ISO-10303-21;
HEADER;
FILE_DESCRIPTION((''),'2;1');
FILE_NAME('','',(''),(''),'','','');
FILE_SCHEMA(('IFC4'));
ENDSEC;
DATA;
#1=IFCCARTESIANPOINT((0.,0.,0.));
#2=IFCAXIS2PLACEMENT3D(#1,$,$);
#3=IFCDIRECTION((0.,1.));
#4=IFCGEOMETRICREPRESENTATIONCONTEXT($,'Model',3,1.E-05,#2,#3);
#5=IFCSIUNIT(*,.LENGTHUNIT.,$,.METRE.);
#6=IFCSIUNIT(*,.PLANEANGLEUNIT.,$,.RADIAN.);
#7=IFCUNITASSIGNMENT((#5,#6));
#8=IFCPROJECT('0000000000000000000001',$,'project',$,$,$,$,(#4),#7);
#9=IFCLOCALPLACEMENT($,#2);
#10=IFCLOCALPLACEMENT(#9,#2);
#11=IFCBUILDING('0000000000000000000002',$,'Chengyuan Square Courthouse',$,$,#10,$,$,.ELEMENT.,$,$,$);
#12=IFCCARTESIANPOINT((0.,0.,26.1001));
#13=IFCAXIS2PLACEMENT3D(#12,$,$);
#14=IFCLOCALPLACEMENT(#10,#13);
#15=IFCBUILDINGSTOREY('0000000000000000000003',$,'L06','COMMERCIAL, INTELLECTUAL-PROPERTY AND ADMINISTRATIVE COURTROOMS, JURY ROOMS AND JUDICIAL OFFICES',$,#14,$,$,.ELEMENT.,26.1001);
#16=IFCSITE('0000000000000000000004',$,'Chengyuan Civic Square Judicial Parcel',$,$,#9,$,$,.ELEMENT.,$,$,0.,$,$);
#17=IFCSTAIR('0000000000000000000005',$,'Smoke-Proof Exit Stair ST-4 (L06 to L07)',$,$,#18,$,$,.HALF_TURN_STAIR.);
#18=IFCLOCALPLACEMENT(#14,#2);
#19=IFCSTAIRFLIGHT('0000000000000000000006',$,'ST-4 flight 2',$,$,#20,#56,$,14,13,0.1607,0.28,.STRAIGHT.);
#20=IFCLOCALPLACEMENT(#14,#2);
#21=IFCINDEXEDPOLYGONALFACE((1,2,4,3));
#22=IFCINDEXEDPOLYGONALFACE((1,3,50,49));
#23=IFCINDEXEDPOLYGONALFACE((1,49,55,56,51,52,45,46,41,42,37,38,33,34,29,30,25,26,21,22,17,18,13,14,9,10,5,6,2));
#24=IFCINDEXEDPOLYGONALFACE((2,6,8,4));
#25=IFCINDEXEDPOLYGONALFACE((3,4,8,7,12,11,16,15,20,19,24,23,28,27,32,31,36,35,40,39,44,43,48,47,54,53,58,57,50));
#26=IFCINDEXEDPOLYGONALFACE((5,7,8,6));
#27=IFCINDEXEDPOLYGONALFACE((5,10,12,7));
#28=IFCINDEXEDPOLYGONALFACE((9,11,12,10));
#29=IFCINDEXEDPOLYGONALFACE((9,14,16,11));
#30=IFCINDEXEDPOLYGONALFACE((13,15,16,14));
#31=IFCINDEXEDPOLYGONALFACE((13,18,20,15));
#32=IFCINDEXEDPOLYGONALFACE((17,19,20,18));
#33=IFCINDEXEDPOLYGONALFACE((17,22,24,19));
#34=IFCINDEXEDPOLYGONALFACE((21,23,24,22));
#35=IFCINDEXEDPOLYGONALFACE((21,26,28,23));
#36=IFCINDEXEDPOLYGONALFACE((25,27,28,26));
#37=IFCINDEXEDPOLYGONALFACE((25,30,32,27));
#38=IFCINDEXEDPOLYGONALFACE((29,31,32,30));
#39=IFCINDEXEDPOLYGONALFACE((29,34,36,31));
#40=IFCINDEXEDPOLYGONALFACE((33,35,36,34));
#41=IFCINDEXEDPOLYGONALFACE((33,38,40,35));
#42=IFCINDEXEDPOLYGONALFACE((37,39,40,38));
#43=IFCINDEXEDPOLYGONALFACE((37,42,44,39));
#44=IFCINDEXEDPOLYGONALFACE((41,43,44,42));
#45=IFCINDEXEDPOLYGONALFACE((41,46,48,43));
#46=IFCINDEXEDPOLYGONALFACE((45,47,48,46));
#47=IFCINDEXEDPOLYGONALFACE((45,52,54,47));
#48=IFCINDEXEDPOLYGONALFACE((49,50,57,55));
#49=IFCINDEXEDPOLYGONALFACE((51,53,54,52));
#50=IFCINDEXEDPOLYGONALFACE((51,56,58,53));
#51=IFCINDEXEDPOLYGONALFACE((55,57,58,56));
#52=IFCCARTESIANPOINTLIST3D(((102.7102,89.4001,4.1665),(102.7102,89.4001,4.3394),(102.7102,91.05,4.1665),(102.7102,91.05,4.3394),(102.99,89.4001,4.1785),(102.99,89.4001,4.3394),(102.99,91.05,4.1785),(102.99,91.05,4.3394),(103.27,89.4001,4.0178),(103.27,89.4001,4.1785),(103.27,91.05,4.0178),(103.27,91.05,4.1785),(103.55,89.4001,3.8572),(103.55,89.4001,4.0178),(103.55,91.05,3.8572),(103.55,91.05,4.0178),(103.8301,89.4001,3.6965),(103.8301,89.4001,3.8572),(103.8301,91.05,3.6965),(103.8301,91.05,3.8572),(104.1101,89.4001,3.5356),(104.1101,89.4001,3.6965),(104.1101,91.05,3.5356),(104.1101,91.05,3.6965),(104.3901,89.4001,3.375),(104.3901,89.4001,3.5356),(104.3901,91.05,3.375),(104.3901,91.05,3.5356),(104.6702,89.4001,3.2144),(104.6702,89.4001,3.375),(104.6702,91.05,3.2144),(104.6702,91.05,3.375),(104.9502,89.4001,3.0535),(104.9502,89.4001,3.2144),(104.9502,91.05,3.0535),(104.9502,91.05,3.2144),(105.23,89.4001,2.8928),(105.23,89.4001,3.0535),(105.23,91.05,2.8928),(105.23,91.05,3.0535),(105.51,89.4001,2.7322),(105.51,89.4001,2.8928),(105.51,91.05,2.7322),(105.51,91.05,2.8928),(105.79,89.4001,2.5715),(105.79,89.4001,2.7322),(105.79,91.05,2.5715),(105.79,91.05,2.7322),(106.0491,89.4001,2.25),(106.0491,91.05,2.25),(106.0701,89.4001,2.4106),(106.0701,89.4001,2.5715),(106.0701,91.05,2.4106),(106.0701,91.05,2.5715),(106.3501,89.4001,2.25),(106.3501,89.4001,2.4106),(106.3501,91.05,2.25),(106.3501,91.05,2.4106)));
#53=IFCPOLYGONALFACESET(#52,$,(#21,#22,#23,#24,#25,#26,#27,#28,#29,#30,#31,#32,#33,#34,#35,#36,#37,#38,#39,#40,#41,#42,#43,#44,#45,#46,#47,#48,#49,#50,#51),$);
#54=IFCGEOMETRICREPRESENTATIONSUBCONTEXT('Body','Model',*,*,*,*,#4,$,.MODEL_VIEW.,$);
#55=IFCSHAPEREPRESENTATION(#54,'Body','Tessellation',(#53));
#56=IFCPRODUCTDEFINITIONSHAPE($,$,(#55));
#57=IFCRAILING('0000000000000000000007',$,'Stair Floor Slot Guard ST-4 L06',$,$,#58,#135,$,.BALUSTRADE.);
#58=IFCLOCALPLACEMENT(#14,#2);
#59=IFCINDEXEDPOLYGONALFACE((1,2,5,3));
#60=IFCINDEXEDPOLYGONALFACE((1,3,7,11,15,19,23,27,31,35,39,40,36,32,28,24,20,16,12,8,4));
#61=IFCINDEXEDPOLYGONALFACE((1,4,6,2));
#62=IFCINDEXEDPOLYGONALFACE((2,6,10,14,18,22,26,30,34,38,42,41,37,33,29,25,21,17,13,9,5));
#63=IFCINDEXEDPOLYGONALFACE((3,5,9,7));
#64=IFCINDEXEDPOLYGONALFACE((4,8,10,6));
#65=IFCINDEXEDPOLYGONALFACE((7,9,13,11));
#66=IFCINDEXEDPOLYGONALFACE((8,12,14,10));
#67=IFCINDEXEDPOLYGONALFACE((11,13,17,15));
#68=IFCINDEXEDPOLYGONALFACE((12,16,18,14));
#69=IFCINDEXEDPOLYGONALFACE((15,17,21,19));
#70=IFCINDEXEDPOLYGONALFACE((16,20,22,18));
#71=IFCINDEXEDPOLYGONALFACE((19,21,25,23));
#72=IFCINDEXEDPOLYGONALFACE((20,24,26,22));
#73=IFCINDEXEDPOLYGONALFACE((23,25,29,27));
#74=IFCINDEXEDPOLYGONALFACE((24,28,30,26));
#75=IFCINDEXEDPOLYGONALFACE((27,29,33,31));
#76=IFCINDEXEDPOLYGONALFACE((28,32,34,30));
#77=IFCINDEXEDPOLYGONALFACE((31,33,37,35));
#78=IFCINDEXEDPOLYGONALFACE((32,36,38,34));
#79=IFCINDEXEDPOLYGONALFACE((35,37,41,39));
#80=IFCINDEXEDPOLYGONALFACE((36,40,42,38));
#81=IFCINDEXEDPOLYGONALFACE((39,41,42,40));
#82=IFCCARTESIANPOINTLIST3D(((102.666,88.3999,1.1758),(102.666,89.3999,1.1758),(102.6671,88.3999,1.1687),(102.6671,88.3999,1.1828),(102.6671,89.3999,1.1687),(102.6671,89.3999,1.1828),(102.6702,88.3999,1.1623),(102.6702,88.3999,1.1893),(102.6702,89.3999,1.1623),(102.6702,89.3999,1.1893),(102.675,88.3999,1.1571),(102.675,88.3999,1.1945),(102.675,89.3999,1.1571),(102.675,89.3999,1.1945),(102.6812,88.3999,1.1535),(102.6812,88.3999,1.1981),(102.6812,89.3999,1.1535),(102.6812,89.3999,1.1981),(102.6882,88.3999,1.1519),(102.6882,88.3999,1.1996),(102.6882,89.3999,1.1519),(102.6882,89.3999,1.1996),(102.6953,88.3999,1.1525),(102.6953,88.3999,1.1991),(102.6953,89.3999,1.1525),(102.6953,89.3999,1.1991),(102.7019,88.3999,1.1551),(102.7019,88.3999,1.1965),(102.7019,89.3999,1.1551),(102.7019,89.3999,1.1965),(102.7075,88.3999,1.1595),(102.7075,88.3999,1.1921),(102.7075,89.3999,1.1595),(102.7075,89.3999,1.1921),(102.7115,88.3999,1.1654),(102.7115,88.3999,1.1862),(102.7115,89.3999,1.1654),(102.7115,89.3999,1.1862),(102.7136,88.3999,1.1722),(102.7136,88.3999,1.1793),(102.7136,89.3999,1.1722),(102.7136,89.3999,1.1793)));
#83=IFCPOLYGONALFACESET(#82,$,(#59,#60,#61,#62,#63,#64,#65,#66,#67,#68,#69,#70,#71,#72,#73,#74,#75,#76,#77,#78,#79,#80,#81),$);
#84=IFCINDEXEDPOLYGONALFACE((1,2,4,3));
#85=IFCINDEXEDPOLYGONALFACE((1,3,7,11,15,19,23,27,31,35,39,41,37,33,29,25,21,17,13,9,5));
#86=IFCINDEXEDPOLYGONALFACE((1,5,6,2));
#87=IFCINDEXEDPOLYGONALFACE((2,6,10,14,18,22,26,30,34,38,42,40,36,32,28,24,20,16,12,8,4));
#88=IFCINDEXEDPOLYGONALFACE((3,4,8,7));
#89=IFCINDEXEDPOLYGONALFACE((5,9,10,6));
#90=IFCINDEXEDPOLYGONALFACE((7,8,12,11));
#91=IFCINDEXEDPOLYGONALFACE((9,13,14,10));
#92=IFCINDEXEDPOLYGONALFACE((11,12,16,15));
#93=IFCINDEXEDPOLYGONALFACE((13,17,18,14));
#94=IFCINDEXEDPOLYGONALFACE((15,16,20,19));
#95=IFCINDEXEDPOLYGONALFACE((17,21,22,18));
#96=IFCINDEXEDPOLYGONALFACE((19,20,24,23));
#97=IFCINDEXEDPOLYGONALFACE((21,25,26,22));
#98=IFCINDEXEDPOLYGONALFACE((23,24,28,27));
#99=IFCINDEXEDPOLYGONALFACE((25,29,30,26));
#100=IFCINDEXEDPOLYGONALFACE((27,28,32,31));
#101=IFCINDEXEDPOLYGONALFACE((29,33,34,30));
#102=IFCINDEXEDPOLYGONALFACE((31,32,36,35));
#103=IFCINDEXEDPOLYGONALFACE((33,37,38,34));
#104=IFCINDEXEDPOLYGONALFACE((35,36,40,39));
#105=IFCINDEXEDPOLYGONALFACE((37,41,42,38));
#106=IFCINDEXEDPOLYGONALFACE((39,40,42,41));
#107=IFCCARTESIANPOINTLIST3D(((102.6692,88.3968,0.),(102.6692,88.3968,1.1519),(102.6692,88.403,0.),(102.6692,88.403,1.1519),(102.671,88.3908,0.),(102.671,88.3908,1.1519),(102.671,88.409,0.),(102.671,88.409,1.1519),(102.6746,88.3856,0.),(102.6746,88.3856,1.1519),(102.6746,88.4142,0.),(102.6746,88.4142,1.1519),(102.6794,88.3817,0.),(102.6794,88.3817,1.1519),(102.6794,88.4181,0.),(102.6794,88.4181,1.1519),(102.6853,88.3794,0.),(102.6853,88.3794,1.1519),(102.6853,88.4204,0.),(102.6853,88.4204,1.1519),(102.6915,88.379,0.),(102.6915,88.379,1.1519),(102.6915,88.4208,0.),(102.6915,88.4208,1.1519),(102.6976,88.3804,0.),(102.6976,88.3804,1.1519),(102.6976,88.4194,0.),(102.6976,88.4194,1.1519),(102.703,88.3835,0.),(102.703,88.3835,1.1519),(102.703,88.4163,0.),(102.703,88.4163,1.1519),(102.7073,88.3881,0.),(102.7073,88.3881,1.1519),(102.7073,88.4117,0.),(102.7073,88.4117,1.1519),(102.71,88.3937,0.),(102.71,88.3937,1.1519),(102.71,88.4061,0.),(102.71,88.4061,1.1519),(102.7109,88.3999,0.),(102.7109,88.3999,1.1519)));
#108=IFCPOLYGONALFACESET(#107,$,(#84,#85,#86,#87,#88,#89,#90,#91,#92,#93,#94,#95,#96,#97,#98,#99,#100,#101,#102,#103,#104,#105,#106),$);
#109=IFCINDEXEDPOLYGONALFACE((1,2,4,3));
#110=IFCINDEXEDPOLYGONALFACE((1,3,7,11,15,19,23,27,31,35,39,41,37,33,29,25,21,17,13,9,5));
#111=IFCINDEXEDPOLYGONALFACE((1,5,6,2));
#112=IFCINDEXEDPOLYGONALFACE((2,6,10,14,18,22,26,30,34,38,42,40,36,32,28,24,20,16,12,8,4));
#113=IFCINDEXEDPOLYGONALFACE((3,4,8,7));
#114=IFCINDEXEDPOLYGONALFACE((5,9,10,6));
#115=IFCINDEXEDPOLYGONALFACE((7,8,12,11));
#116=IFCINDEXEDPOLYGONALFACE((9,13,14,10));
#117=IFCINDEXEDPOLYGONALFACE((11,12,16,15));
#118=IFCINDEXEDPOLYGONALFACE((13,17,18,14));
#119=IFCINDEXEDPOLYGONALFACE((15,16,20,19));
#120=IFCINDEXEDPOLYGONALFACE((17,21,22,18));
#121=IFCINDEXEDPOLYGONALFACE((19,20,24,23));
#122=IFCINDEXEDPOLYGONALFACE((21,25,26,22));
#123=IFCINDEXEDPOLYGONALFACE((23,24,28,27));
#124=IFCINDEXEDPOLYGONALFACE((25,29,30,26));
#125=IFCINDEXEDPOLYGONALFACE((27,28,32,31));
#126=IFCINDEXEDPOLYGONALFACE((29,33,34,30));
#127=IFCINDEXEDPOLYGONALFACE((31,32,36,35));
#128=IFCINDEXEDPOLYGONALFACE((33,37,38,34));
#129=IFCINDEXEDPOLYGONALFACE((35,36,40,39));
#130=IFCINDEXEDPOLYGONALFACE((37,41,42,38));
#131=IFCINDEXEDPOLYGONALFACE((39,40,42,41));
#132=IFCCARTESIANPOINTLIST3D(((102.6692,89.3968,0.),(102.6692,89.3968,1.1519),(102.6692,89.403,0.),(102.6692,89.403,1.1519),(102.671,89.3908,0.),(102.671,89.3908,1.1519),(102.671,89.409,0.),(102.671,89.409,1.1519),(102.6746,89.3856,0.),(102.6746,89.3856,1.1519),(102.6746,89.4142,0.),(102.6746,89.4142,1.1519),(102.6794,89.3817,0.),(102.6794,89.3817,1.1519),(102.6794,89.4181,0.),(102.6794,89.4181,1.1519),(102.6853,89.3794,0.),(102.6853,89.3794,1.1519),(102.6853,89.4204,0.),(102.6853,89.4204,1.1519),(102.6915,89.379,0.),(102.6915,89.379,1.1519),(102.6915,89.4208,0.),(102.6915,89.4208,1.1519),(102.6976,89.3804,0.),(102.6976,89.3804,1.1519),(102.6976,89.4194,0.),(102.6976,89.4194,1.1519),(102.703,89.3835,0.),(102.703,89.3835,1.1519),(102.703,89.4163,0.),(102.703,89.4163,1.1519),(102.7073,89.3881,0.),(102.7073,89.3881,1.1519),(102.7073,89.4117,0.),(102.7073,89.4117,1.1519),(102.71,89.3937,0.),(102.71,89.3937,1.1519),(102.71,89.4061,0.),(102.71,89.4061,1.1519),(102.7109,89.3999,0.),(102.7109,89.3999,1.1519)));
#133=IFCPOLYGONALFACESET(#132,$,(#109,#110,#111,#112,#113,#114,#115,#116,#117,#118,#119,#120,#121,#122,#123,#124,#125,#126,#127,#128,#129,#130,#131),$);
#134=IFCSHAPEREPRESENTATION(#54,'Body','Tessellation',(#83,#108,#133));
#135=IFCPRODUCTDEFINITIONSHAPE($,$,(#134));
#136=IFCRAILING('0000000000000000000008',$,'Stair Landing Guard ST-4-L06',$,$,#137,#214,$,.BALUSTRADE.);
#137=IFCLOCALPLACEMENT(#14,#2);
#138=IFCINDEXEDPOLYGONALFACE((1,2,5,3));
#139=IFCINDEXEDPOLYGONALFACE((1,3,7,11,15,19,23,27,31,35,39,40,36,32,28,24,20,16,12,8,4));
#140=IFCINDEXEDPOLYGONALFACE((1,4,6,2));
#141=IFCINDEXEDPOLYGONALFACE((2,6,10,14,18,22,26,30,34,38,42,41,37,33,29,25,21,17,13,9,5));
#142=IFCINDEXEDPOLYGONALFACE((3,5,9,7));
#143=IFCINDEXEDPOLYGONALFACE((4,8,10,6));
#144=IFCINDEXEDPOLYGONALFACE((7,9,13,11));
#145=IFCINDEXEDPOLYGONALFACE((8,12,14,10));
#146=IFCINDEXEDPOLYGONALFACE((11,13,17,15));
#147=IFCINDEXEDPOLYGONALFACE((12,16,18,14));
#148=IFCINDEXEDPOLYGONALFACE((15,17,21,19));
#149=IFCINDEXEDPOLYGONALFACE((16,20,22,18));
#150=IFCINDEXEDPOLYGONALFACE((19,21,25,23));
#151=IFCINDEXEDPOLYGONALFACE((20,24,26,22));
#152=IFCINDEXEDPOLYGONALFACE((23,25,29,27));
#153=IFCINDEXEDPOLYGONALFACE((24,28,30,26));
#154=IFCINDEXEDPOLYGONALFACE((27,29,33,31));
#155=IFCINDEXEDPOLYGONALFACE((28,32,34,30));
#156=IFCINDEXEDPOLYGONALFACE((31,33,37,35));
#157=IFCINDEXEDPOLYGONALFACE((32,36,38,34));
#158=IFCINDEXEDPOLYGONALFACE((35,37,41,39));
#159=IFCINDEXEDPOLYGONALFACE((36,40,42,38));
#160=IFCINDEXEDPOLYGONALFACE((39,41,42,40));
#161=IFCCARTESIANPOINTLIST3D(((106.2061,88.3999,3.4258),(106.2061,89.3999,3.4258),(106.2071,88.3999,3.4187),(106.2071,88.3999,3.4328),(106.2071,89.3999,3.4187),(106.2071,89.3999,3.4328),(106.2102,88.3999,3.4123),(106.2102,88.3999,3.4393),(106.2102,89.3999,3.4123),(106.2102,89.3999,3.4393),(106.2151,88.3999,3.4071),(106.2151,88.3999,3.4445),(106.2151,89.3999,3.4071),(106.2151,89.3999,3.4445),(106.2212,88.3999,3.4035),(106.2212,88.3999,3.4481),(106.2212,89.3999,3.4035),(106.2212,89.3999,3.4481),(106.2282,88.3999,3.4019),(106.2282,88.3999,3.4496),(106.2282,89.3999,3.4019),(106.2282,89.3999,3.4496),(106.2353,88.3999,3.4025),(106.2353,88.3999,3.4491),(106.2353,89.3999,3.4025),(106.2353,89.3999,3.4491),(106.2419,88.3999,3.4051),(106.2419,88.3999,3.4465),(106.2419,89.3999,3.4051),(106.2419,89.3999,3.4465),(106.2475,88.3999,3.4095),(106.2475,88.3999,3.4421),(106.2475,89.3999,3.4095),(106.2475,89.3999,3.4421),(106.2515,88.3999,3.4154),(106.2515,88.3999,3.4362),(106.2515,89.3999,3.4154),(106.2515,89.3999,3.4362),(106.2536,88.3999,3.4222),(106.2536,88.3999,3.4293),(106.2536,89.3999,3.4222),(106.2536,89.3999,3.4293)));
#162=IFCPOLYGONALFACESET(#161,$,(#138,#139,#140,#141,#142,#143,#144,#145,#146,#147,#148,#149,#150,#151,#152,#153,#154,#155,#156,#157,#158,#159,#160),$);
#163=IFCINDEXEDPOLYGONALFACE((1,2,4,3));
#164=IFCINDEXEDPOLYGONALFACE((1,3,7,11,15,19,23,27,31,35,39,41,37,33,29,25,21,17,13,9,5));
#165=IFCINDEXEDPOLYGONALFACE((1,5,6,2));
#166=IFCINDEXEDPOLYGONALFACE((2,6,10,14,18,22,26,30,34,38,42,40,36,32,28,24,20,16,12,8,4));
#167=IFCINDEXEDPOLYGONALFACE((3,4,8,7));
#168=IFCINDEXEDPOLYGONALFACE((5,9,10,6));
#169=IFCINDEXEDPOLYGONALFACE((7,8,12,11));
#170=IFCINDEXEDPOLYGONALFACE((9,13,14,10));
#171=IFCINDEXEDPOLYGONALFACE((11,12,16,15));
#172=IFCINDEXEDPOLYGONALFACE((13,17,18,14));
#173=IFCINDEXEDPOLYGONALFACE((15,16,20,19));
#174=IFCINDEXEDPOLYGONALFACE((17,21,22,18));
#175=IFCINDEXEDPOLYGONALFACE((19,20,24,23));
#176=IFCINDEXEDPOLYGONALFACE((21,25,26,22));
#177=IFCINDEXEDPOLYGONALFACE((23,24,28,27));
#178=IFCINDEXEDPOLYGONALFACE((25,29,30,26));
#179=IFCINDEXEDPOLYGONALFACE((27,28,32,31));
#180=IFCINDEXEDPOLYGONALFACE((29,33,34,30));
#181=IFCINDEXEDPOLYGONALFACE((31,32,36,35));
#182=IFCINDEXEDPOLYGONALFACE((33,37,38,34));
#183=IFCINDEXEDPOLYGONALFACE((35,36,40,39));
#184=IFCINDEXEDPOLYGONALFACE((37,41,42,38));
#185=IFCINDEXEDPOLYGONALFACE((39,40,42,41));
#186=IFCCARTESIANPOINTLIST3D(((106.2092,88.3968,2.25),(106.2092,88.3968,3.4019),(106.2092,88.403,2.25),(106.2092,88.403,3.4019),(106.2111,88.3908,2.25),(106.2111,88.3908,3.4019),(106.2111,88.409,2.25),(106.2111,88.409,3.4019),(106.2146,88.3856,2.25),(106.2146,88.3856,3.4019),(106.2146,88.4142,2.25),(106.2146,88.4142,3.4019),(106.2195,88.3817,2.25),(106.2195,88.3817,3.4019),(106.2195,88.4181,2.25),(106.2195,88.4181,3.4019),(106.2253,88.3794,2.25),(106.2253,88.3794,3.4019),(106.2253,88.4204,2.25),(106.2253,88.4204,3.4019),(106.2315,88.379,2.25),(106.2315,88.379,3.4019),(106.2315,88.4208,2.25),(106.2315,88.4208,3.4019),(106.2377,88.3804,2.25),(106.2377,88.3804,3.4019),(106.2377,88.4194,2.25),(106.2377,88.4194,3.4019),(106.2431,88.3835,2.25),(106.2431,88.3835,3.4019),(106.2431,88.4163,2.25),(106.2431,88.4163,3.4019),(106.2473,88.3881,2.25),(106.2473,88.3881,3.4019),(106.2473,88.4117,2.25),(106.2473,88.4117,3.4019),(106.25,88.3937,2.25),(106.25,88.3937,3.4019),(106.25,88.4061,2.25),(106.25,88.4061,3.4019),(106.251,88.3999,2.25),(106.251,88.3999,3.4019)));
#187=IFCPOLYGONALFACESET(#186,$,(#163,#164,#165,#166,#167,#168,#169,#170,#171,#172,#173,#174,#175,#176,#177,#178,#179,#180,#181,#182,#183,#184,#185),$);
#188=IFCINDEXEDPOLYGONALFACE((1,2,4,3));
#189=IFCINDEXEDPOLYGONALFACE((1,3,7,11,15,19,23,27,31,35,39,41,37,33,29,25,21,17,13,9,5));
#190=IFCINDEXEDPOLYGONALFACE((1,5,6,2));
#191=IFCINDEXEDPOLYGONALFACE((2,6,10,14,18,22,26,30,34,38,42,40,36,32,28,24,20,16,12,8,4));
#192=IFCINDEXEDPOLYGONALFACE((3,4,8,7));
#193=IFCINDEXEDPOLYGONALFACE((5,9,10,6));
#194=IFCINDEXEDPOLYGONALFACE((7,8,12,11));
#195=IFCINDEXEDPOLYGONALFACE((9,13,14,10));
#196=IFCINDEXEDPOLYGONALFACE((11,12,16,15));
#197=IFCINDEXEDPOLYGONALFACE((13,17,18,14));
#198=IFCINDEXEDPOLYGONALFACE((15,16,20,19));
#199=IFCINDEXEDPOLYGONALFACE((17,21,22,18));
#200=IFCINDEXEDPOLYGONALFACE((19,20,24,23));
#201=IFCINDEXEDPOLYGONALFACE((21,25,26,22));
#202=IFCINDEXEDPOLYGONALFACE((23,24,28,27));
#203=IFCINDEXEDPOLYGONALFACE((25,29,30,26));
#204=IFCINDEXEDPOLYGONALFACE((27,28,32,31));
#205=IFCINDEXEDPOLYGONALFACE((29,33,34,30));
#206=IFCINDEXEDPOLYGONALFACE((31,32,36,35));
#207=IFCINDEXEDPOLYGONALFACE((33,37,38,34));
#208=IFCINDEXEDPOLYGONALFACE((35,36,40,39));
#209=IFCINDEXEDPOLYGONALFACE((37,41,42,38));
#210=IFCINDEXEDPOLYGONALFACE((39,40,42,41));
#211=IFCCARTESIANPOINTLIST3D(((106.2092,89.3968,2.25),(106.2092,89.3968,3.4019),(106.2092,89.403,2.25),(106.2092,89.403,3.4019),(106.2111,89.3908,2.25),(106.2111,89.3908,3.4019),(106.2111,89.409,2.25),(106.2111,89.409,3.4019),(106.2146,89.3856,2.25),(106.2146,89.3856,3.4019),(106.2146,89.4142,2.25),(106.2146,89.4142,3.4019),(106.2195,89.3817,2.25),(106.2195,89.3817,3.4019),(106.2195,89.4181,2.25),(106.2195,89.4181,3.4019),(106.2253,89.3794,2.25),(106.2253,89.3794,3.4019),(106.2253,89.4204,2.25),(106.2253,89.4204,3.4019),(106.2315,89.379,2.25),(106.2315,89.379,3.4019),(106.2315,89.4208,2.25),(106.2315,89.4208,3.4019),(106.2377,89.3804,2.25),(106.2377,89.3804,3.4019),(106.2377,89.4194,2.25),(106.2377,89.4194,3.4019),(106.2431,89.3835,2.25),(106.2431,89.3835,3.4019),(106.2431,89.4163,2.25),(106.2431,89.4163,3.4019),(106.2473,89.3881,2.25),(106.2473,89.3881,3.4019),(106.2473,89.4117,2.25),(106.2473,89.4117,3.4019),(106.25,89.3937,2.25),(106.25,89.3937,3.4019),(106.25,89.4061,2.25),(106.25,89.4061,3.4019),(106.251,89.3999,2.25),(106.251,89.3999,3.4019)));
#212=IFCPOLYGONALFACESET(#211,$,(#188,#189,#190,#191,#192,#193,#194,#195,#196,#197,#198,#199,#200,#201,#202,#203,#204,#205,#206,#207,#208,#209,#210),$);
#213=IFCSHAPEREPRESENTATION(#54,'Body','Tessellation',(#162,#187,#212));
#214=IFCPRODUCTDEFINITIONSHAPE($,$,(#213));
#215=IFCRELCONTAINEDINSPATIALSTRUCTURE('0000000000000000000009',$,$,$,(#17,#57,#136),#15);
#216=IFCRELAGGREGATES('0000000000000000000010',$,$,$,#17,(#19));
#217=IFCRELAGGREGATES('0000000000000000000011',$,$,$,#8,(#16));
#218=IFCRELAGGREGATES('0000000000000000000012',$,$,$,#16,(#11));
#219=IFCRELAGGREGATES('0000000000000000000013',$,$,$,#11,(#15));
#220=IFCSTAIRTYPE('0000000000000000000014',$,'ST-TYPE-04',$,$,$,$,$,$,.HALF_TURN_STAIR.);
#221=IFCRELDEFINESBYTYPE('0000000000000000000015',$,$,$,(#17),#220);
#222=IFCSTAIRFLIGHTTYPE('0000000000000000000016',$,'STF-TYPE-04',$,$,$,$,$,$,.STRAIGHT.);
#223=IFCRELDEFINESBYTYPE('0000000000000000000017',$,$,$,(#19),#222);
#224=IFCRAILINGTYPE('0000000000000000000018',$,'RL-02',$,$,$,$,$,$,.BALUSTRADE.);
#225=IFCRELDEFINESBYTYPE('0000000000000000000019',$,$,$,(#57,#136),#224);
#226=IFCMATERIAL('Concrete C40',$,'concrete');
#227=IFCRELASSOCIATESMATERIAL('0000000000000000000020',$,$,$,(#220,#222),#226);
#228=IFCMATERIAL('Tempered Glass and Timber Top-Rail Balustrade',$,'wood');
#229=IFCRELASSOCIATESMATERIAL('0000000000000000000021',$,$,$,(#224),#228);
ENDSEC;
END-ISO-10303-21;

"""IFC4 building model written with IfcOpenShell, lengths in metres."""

from ifc_helpers import new_model, si_unit, direction, frame, origin, origin_2d, place, context, subcontext, project, spatial, polyline, circle, outline, extrude, material, type_object, element, aggregate, save


model = new_model("IFC4")

# Units and contexts
model_context = context("Model", 3, precision=1e-05, world=origin(), true_north=direction((0.0, 1.0)))
body_context = subcontext(model_context, "Body", "Model", "MODEL_VIEW")
ifc_project = project(units=[si_unit("LENGTHUNIT", "METRE"), si_unit("PLANEANGLEUNIT", "RADIAN")], contexts=[model_context])

# Site, building, storey
site_placement = place(None, origin())
site = spatial("IfcSite", under=ifc_project, at=site_placement, Name="Chengyuan Civic Square Judicial Parcel", CompositionType="ELEMENT", RefElevation=0.0)
building_placement = place(site_placement, origin())
building = spatial("IfcBuilding", under=site, at=building_placement, Name="Chengyuan Square Courthouse", CompositionType="ELEMENT")
storey_placement = place(building_placement, frame((0.0, 0.0, 26.1001)))
storey = spatial("IfcBuildingStorey", under=building, at=storey_placement, Name="L06", Description="COMMERCIAL, INTELLECTUAL-PROPERTY AND ADMINISTRATIVE COURTROOMS, JURY ROOMS AND JUDICIAL OFFICES", CompositionType="ELEMENT", Elevation=26.1001)

# Shared definitions
ifc_material_1 = material(Name="Concrete C40", Category="concrete")

# Stair, stair flight
stair_type = type_object("IfcStairType", Name="ST-TYPE-04", PredefinedType="HALF_TURN_STAIR", material=ifc_material_1)
stair_placement = place(storey_placement, origin())
stair = element("IfcStair", 1, at=stair_placement, inside=storey, type_object=stair_type, Name="Smoke-Proof Exit Stair ST-4 (L06 to L07)", PredefinedType="HALF_TURN_STAIR")
stair_flight_type = type_object("IfcStairFlightType", Name="STF-TYPE-04", PredefinedType="STRAIGHT", material=ifc_material_1)
stair_flight_1_placement = place(storey_placement, frame((106.3501, 90.2251, 2.25), z_axis=(0.0, 0.0, 1.0), x_axis=(-1.0, 0.0, 0.0)))
stair_flight_1 = element("IfcStairFlight", 2, at=stair_flight_1_placement, type_object=stair_flight_type, Name="ST-4 flight 2", NumberOfRisers=14, NumberOfTreads=13, PredefinedType="STRAIGHT", RiserHeight=0.1607, TreadLength=0.28, context=body_context, shape_type="SweptSolid", body=[
    extrude(outline(polyline([(0.0, 0.0), (0.0, 0.1606), (0.28, 0.1606), (0.28, 0.3215), (0.5601, 0.3215), (0.5601, 0.4822), (0.8401, 0.4822), (0.8401, 0.6428), (1.1201, 0.6428), (1.1201, 0.8035), (1.3999, 0.8035), (1.3999, 0.9644), (1.6799, 0.9644), (1.6799, 1.125), (1.96, 1.125), (1.96, 1.2856), (2.24, 1.2856), (2.24, 1.4465), (2.52, 1.4465), (2.52, 1.6072), (2.8, 1.6072), (2.8, 1.7678), (3.0801, 1.7678), (3.0801, 1.9285), (3.3601, 1.9285), (3.3601, 2.0894), (3.6399, 2.0894), (3.6399, 2.25), (3.6399, 1.9165), (0.301, 0.0), (0.0, 0.0)])), frame((0.0, 0.825, 0.0), z_axis=(0.0, -1.0, 0.0), x_axis=(1.0, 0.0, 0.0)), (0.0, 0.0, 1.0), 1.6499),
])
aggregate(stair, [stair_flight_1])

# Railings
ifc_material_2 = material(Name="Tempered Glass and Timber Top-Rail Balustrade", Category="wood")
railing_type_1 = type_object("IfcRailingType", Name="RL-02", PredefinedType="BALUSTRADE", material=ifc_material_2)
for number, where, name in (
    (3, (102.6899, 88.3999, 0.0), "Stair Floor Slot Guard ST-4 L06"),
    (4, (106.23, 88.3999, 2.25), "Stair Landing Guard ST-4-L06"),
):
    element("IfcRailing", number, at=place(storey_placement, frame(where)), inside=storey, type_object=railing_type_1, Name=name, PredefinedType="BALUSTRADE", context=body_context, shape_type="SweptSolid", body=[
        extrude(circle(Radius=0.0239, at=origin_2d()), frame((0.0, 0.0, 1.1758), z_axis=(0.0, 1.0, 0.0), x_axis=(-1.0, 0.0, 0.0)), (0.0, 0.0, 1.0), 1.0),
        extrude(circle(Radius=0.021, at=origin_2d()), origin(), (0.0, 0.0, 1.0), 1.1519),
        extrude(circle(Radius=0.021, at=origin_2d()), frame((0.0, 1.0, 0.0)), (0.0, 0.0, 1.0), 1.1519),
    ])

save(model, "model.ifc")
